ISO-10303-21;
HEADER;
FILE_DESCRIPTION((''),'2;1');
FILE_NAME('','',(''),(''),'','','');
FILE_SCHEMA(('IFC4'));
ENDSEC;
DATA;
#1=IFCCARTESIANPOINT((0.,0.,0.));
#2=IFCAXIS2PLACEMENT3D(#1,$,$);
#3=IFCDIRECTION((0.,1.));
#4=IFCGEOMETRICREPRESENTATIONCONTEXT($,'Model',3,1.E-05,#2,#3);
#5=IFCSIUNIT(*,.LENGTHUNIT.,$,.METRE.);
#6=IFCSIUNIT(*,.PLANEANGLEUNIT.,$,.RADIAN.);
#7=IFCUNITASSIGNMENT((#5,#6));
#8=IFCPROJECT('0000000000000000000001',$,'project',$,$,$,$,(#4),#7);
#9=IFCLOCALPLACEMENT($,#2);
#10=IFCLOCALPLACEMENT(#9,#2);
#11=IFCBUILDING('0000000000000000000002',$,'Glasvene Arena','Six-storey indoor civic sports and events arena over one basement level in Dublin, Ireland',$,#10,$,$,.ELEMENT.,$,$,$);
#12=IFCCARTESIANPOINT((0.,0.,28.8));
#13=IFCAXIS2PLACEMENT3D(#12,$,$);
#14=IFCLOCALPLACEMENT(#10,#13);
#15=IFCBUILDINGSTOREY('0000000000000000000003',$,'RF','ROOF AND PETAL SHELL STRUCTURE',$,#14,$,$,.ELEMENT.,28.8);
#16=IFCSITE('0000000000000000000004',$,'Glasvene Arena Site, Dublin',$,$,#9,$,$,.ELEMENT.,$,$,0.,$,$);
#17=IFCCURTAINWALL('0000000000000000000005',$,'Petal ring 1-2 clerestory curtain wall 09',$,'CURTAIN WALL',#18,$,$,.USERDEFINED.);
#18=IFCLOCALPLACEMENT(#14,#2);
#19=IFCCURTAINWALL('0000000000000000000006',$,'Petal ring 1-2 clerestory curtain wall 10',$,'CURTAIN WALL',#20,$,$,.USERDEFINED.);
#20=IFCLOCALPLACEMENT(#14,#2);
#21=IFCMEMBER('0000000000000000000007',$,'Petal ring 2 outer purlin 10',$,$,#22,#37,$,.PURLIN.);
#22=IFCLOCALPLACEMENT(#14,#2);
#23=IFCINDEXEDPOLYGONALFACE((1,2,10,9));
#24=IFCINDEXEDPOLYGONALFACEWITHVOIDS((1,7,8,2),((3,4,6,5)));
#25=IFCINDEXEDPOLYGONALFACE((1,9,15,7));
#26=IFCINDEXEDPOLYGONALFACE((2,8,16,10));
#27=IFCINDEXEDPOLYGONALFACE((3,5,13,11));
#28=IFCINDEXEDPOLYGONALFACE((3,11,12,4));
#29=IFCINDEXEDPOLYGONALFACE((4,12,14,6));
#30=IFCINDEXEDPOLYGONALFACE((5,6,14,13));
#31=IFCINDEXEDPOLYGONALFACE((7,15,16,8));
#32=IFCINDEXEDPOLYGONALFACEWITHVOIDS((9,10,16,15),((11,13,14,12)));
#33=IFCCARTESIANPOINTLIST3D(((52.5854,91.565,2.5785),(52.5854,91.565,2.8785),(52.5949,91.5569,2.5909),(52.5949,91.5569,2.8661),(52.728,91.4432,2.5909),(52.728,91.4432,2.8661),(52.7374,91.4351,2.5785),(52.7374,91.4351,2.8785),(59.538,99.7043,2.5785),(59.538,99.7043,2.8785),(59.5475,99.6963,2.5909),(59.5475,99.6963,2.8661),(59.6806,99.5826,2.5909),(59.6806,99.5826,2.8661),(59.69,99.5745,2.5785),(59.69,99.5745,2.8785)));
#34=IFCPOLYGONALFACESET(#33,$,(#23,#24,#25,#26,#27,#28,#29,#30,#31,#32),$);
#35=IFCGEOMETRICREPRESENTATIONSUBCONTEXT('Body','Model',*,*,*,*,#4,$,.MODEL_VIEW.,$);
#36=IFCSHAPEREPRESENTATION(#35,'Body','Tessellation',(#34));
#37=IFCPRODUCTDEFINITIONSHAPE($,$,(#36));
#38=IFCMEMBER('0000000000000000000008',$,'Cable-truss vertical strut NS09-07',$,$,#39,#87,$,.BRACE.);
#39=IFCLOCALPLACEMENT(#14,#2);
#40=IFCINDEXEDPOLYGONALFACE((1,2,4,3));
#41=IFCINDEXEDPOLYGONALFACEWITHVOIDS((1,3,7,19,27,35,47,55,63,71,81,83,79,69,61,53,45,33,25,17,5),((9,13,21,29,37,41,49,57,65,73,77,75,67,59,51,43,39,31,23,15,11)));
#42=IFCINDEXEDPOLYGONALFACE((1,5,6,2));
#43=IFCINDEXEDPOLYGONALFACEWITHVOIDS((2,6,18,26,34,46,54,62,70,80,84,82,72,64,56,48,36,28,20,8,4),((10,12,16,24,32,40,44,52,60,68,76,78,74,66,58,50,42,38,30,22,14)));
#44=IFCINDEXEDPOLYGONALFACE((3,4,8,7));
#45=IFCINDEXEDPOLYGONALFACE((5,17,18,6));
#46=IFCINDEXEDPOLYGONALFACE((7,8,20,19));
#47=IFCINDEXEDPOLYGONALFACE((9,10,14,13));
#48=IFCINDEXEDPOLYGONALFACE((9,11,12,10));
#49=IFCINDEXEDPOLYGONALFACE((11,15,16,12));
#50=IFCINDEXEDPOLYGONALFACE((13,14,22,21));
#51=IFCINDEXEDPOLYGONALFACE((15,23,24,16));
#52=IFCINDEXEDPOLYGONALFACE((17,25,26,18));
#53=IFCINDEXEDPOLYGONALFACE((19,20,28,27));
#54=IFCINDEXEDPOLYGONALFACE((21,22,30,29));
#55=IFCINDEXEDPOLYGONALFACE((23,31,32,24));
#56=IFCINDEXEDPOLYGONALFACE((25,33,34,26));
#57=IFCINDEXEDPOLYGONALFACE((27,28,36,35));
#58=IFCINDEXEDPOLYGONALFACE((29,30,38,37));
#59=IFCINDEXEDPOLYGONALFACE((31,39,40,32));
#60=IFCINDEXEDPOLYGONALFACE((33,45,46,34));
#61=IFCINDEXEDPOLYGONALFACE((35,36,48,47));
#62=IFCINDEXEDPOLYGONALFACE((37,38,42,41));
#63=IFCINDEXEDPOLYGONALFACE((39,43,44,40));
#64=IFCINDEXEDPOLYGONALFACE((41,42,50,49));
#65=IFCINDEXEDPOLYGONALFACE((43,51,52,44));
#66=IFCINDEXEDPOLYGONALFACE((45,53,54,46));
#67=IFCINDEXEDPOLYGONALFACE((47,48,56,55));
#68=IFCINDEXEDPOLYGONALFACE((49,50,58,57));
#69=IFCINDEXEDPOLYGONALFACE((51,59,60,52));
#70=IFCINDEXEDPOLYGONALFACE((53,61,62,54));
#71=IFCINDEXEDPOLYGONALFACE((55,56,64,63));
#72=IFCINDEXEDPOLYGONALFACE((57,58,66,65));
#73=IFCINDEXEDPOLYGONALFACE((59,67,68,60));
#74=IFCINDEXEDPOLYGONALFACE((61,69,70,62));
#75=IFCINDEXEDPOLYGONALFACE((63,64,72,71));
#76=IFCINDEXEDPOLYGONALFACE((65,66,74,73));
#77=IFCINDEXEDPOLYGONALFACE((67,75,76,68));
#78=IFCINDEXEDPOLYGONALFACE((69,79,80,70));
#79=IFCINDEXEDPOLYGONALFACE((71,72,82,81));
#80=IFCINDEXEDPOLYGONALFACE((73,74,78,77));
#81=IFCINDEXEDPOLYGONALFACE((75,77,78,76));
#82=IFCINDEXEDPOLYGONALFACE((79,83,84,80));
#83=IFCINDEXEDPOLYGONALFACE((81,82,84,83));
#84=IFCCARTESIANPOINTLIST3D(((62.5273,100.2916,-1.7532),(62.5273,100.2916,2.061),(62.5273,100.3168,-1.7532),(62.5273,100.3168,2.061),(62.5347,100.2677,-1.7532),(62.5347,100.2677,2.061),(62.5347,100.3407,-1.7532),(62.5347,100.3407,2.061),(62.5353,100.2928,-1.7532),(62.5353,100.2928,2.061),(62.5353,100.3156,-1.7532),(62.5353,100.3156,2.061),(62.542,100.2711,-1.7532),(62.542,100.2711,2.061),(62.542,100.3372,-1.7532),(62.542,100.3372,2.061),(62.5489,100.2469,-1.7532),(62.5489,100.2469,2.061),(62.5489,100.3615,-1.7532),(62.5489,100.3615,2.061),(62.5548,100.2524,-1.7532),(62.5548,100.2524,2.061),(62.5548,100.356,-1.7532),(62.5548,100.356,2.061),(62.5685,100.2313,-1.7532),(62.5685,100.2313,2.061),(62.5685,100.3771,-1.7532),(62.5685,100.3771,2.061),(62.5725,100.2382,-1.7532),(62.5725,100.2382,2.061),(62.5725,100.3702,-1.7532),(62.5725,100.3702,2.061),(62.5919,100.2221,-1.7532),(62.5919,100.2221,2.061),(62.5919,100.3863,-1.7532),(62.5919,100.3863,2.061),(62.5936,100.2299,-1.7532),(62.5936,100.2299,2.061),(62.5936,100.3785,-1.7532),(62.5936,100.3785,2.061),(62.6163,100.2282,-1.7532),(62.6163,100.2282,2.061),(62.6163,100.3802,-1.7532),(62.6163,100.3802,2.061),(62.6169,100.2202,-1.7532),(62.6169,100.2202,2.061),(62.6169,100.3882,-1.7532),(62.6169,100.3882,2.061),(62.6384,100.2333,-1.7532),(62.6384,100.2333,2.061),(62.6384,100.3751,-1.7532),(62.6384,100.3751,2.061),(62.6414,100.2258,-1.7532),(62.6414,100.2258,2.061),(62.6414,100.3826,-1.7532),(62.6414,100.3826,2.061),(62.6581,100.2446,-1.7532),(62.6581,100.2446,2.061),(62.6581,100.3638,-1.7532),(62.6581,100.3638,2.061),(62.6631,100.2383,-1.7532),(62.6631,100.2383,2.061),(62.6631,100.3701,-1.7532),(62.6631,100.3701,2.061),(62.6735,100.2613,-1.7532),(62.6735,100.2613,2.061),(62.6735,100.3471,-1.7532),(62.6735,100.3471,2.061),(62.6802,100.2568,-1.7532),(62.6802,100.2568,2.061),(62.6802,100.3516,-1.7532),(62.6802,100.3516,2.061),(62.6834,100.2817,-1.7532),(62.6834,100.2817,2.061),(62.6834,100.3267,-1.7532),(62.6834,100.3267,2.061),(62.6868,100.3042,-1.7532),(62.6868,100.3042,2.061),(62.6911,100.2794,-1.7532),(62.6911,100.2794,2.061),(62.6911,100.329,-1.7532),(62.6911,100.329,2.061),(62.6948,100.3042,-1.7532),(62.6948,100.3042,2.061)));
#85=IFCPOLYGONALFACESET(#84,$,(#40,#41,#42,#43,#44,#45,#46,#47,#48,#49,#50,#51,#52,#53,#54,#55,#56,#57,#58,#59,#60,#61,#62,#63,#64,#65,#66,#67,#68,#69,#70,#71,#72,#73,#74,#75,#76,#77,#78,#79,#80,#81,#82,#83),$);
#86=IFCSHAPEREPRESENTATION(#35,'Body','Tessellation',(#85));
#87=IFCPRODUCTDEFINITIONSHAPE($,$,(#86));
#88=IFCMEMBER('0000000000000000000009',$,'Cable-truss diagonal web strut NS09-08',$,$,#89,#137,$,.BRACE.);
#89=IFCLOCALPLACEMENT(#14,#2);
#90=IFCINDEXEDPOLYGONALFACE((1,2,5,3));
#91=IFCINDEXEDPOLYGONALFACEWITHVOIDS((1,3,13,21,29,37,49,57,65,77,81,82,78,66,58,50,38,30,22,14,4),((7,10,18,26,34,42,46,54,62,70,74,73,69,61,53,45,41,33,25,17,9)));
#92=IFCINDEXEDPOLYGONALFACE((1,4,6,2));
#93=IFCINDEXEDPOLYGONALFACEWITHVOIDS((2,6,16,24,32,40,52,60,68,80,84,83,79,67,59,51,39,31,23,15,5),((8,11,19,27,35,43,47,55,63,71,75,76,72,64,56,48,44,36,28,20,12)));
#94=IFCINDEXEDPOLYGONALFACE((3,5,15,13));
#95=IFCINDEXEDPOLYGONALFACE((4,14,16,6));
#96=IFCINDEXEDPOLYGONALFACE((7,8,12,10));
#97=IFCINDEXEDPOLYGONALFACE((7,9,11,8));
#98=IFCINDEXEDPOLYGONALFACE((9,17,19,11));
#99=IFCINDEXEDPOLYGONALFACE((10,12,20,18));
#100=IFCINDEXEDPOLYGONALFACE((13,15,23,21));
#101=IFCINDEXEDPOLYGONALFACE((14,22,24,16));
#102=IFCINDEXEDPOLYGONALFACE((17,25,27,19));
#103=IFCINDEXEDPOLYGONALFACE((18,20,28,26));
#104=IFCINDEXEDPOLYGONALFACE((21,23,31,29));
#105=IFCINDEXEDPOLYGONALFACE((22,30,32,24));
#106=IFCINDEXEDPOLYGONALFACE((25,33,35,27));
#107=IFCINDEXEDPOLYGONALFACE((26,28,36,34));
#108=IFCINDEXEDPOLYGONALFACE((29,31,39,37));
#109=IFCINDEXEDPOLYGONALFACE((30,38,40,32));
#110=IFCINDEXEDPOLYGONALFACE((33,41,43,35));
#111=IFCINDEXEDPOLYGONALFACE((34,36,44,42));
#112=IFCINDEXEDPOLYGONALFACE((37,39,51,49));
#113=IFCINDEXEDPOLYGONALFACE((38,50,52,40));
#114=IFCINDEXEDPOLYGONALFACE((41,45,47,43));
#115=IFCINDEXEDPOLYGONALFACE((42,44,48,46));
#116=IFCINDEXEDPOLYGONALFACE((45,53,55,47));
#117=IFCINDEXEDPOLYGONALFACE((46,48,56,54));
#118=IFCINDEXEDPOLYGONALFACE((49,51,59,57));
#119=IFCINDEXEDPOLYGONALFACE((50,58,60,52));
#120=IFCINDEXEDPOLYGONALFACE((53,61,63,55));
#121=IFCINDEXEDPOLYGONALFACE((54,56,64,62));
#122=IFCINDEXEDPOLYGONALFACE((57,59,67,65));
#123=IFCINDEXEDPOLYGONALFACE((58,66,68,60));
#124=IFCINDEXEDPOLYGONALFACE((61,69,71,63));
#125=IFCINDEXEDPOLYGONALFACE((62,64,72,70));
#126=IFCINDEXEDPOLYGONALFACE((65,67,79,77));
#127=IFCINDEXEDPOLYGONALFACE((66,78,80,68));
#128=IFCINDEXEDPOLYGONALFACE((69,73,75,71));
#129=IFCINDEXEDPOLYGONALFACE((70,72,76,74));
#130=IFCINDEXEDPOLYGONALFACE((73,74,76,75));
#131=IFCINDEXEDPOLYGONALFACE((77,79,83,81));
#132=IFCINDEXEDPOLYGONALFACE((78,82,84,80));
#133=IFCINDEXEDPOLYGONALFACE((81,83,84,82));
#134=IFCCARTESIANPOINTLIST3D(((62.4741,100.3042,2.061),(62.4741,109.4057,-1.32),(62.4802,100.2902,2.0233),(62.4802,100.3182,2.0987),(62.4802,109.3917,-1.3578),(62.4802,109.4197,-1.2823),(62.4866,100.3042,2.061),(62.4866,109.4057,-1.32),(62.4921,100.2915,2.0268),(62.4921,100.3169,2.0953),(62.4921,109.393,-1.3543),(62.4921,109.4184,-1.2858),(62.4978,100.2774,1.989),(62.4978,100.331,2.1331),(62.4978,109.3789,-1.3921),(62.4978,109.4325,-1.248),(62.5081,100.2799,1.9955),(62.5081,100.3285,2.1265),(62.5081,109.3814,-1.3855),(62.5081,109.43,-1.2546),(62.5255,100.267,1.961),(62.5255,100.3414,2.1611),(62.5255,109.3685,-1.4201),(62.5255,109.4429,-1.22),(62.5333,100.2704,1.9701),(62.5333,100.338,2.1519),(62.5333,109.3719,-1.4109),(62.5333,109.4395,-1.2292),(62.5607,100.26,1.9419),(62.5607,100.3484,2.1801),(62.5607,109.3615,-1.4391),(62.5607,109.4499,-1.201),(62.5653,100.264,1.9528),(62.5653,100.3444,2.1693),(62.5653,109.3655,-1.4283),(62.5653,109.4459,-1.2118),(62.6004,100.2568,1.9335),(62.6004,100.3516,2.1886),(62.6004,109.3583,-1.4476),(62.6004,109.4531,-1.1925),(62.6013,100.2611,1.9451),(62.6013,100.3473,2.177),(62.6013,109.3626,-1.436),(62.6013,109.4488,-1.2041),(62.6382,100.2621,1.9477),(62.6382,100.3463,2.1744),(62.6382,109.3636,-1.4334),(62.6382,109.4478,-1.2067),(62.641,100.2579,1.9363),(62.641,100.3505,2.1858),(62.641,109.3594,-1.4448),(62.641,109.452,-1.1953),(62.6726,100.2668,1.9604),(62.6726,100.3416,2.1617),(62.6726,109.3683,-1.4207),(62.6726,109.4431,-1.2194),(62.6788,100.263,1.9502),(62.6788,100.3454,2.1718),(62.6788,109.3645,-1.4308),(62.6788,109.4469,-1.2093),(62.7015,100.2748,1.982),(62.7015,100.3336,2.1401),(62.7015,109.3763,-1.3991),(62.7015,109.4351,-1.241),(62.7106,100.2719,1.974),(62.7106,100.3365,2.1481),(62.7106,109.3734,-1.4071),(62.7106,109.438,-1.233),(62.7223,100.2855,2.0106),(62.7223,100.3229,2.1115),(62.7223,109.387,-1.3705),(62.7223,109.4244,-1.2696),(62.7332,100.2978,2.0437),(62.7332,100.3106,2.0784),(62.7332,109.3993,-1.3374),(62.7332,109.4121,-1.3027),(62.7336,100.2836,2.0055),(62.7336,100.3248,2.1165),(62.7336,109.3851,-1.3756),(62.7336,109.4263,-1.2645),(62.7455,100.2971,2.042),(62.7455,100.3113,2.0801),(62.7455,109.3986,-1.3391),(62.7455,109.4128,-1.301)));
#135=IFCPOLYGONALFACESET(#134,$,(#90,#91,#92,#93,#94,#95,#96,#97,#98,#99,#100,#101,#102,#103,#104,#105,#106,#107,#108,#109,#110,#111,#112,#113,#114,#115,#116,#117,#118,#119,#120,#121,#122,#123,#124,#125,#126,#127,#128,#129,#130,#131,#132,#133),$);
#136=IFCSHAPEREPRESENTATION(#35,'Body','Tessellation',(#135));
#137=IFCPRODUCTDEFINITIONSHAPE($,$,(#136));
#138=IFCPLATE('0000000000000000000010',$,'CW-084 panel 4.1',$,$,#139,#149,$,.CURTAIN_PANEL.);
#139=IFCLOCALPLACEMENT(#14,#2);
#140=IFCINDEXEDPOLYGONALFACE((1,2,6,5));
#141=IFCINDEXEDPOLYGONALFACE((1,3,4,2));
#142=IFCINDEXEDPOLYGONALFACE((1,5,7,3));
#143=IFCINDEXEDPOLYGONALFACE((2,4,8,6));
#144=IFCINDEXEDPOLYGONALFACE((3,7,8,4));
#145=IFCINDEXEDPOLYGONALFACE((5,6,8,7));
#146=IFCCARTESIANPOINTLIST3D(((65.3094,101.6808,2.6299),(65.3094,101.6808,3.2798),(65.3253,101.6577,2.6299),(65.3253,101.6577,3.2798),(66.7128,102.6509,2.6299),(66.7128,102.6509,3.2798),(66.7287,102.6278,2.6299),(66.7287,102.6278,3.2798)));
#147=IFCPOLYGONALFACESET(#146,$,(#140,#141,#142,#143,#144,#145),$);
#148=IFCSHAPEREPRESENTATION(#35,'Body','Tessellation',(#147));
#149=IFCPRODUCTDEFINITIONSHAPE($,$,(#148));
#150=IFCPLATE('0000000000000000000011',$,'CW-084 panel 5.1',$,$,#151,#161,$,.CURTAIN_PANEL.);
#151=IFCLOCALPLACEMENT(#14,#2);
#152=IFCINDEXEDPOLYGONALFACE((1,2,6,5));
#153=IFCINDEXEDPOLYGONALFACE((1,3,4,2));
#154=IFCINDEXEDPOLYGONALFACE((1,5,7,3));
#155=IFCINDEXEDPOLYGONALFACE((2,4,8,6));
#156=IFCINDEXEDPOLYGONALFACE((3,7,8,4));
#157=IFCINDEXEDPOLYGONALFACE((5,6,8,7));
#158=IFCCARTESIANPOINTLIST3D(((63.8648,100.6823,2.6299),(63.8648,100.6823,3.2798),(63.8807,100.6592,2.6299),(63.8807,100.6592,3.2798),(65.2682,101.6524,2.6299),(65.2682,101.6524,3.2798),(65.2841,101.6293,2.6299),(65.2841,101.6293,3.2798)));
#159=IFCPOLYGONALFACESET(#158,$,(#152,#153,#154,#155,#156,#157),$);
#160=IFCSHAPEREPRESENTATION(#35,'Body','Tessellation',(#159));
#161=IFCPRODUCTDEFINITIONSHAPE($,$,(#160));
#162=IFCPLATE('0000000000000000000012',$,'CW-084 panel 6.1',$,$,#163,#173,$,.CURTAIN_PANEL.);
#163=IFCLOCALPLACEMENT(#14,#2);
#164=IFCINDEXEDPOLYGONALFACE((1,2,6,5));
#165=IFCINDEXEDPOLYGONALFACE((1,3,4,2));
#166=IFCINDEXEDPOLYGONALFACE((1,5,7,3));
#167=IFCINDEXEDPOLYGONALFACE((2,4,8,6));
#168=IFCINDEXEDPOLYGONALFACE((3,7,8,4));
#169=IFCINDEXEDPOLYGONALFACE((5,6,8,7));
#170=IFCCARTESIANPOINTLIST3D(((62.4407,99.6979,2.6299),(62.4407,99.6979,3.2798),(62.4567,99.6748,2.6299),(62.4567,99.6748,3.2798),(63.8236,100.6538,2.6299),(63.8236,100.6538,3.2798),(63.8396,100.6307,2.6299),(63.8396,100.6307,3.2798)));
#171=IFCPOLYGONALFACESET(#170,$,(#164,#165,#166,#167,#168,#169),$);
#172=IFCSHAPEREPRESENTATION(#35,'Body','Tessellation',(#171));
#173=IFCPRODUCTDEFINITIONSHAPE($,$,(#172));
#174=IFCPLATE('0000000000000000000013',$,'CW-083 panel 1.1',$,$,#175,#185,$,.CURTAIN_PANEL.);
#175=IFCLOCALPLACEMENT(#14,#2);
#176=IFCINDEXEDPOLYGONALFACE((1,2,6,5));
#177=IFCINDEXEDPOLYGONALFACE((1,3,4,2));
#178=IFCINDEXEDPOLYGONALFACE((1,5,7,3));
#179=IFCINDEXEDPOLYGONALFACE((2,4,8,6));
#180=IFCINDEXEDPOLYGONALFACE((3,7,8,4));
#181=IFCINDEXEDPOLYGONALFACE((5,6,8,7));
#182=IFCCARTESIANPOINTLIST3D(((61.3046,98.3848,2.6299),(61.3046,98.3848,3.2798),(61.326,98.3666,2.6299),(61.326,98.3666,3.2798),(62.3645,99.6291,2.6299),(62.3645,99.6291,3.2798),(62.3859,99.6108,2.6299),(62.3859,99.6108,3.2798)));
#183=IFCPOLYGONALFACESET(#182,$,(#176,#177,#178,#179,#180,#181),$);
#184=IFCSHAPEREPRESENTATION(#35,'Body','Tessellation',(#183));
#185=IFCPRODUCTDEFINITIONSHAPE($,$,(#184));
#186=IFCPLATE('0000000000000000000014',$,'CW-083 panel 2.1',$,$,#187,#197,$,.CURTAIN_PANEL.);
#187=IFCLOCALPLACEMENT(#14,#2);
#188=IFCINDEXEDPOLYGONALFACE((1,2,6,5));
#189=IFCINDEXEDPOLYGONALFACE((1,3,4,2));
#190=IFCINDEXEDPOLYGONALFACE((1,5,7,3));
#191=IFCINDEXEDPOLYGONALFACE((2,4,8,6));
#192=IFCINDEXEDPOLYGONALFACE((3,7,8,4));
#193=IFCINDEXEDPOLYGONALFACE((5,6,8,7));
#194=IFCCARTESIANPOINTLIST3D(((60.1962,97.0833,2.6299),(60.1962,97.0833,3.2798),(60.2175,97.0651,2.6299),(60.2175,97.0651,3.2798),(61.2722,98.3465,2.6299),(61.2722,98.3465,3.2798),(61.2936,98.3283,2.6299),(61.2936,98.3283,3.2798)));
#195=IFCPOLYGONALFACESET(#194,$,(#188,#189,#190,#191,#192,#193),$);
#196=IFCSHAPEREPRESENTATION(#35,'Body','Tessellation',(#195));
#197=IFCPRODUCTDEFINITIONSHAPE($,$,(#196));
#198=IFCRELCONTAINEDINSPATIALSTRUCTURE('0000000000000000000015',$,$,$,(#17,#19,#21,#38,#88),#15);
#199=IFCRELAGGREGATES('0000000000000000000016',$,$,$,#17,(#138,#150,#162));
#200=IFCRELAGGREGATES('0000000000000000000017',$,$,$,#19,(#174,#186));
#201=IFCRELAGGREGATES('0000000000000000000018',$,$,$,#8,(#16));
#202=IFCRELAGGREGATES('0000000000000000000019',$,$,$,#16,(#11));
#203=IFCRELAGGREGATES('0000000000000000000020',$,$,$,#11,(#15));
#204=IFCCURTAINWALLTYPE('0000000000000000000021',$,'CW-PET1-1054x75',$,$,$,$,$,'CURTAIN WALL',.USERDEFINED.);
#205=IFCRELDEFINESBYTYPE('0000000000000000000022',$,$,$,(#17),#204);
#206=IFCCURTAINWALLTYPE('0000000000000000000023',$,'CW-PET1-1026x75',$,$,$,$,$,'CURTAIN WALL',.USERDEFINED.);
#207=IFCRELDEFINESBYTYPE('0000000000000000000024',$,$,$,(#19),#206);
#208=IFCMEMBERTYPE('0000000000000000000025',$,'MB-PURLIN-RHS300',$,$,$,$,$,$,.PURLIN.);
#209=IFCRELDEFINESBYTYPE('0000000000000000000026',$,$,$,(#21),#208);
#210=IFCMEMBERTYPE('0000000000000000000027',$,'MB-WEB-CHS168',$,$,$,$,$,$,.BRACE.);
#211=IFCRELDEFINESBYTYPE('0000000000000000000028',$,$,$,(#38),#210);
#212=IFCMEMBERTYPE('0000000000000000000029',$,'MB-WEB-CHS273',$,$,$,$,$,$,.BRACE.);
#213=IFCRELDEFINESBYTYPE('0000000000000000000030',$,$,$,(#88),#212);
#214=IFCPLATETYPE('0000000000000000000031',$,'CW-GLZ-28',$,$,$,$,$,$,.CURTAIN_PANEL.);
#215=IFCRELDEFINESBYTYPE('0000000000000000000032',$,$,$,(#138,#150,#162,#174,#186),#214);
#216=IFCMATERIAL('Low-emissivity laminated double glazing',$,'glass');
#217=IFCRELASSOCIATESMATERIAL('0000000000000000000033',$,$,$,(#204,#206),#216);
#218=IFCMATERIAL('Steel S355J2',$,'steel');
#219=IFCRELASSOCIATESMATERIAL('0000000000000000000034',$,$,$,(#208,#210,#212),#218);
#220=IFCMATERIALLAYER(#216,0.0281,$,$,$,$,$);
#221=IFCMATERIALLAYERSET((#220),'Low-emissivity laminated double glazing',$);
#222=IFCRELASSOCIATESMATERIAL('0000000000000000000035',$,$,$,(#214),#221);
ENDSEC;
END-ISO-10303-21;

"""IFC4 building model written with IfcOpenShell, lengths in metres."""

from ifc_helpers import new_model, si_unit, direction, frame, origin, origin_2d, place, context, subcontext, project, spatial, rectangle, hollow_rectangle, hollow_circle, extrude, material, layer, layer_set, material_profile, profile_set, type_object, element, aggregate, save


model = new_model("IFC4")

# Units and contexts
model_context = context("Model", 3, precision=1e-05, world=origin(), true_north=direction((0.0, 1.0)))
body_context = subcontext(model_context, "Body", "Model", "MODEL_VIEW")
ifc_project = project(units=[si_unit("LENGTHUNIT", "METRE"), si_unit("PLANEANGLEUNIT", "RADIAN")], contexts=[model_context])

# Site, building, storey
site_placement = place(None, origin())
site = spatial("IfcSite", under=ifc_project, at=site_placement, Name="Glasvene Arena Site, Dublin", CompositionType="ELEMENT", RefElevation=0.0)
building_placement = place(site_placement, origin())
building = spatial("IfcBuilding", under=site, at=building_placement, Name="Glasvene Arena", Description="Six-storey indoor civic sports and events arena over one basement level in Dublin, Ireland", CompositionType="ELEMENT")
storey_placement = place(building_placement, frame((0.0, 0.0, 28.8)))
storey = spatial("IfcBuildingStorey", under=building, at=storey_placement, Name="RF", Description="ROOF AND PETAL SHELL STRUCTURE", CompositionType="ELEMENT", Elevation=28.8)

# Curtain walls
ifc_material_1 = material(Name="Low-emissivity laminated double glazing", Category="glass")
curtain_wall_type_1 = type_object("IfcCurtainWallType", Name="CW-PET1-1054x75", ElementType="CURTAIN WALL", PredefinedType="USERDEFINED", material=ifc_material_1)
curtain_wall_1_placement = place(storey_placement, frame((71.075, 105.6492, 0.0)))
curtain_wall_1 = element("IfcCurtainWall", 1, at=curtain_wall_1_placement, inside=storey, type_object=curtain_wall_type_1, Name="Petal ring 1-2 clerestory curtain wall 09", ObjectType="CURTAIN WALL", PredefinedType="USERDEFINED")
curtain_wall_type_2 = type_object("IfcCurtainWallType", Name="CW-PET1-1026x75", ElementType="CURTAIN WALL", PredefinedType="USERDEFINED", material=ifc_material_1)
curtain_wall_2_placement = place(storey_placement, frame((62.4077, 99.658, 0.0)))
curtain_wall_2 = element("IfcCurtainWall", 2, at=curtain_wall_2_placement, inside=storey, type_object=curtain_wall_type_2, Name="Petal ring 1-2 clerestory curtain wall 10", ObjectType="CURTAIN WALL", PredefinedType="USERDEFINED")

# Members
ifc_material_2 = material(Name="Steel S355J2", Category="steel")
ifc_material_profile_1 = material_profile(ifc_material_2, hollow_rectangle(XDim=0.2, YDim=0.3, WallThickness=0.0125, at=origin_2d()), Name="RHS 300x200x12.5")
ifc_profile_set_1 = profile_set([ifc_material_profile_1], Name="Steel S355J2")
member_type_1 = type_object("IfcMemberType", Name="MB-PURLIN-RHS300", PredefinedType="PURLIN", material=ifc_profile_set_1)
member_1_placement = place(storey_placement, frame((59.614, 99.6394, 2.7285), z_axis=(-0.649498, -0.760363, 0.0), x_axis=(0.760363, -0.649498, 0.0)))
element("IfcMember", 3, at=member_1_placement, inside=storey, type_object=member_type_1, Name="Petal ring 2 outer purlin 10", PredefinedType="PURLIN", context=body_context, shape_type="SweptSolid", body=[
    extrude(hollow_rectangle(XDim=0.2, YDim=0.3, WallThickness=0.0125, at=origin_2d()), origin(), (0.0, 0.0, 1.0), 10.7046),
])
ifc_material_profile_2 = material_profile(ifc_material_2, hollow_circle(Radius=0.0842, WallThickness=0.0081, at=origin_2d()), Name="CHS 168.3x8.0")
ifc_profile_set_2 = profile_set([ifc_material_profile_2], Name="Steel S355J2")
member_type_2 = type_object("IfcMemberType", Name="MB-WEB-CHS168", PredefinedType="BRACE", material=ifc_profile_set_2)
member_2_placement = place(storey_placement, frame((62.6106, 100.3042, -1.7532), z_axis=(0.0, 0.0, 1.0), x_axis=(1.0, 0.0, 0.0)))
element("IfcMember", 4, at=member_2_placement, inside=storey, type_object=member_type_2, Name="Cable-truss vertical strut NS09-07", PredefinedType="BRACE", context=body_context, shape_type="SweptSolid", body=[
    extrude(hollow_circle(Radius=0.0842, WallThickness=0.0081, at=origin_2d()), origin(), (0.0, 0.0, 1.0), 3.8142),
])
ifc_material_profile_3 = material_profile(ifc_material_2, hollow_circle(Radius=0.1365, WallThickness=0.0125, at=origin_2d()), Name="CHS 273.0x12.5")
ifc_profile_set_3 = profile_set([ifc_material_profile_3], Name="Steel S355J2")
member_type_3 = type_object("IfcMemberType", Name="MB-WEB-CHS273", PredefinedType="BRACE", material=ifc_profile_set_3)
member_3_placement = place(storey_placement, frame((62.6106, 100.3042, 2.061), z_axis=(0.0, 0.937408, -0.348234), x_axis=(-1.0, 0.0, 0.0)))
element("IfcMember", 5, at=member_3_placement, inside=storey, type_object=member_type_3, Name="Cable-truss diagonal web strut NS09-08", PredefinedType="BRACE", context=body_context, shape_type="SweptSolid", body=[
    extrude(hollow_circle(Radius=0.1365, WallThickness=0.0125, at=origin_2d()), origin(), (0.0, 0.0, 1.0), 9.7092),
])

# Plates
ifc_layer_1 = layer(ifc_material_1, 0.0281)
ifc_layer_set_1 = layer_set([ifc_layer_1], Name="Low-emissivity laminated double glazing")
plate_type_1 = type_object("IfcPlateType", Name="CW-GLZ-28", PredefinedType="CURTAIN_PANEL", material=ifc_layer_set_1)
plate_1_placement = place(storey_placement, frame((66.019, 102.1543, 2.6299), z_axis=(0.0, 0.0, 1.0), x_axis=(-0.822601, -0.568619, 0.0)))
plate_1 = element("IfcPlate", 6, at=plate_1_placement, type_object=plate_type_1, Name="CW-084 panel 4.1", PredefinedType="CURTAIN_PANEL", context=body_context, shape_type="SweptSolid", body=[
    extrude(rectangle(XDim=1.7061, YDim=0.0281, at=origin_2d()), origin(), (0.0, 0.0, 1.0), 0.6499),
])
plate_2_placement = place(storey_placement, frame((64.5745, 101.1558, 2.6299), z_axis=(0.0, 0.0, 1.0), x_axis=(-0.822601, -0.568619, 0.0)))
plate_2 = element("IfcPlate", 7, at=plate_2_placement, type_object=plate_type_1, Name="CW-084 panel 5.1", PredefinedType="CURTAIN_PANEL", context=body_context, shape_type="SweptSolid", body=[
    extrude(rectangle(XDim=1.7061, YDim=0.0281, at=origin_2d()), origin(), (0.0, 0.0, 1.0), 0.6499),
])
plate_3_placement = place(storey_placement, frame((63.1401, 100.1643, 2.6299), z_axis=(0.0, 0.0, 1.0), x_axis=(-0.822601, -0.568619, 0.0)))
plate_3 = element("IfcPlate", 8, at=plate_3_placement, type_object=plate_type_1, Name="CW-084 panel 6.1", PredefinedType="CURTAIN_PANEL", context=body_context, shape_type="SweptSolid", body=[
    extrude(rectangle(XDim=1.6812, YDim=0.0281, at=origin_2d()), origin(), (0.0, 0.0, 1.0), 0.6499),
])
aggregate(curtain_wall_1, [plate_1, plate_2, plate_3])
plate_4_placement = place(storey_placement, frame((61.8452, 98.9978, 2.6299), z_axis=(0.0, 0.0, 1.0), x_axis=(-0.648445, -0.761261, 0.0)))
plate_4 = element("IfcPlate", 9, at=plate_4_placement, type_object=plate_type_1, Name="CW-083 panel 1.1", PredefinedType="CURTAIN_PANEL", context=body_context, shape_type="SweptSolid", body=[
    extrude(rectangle(XDim=1.6345, YDim=0.0281, at=origin_2d()), origin(), (0.0, 0.0, 1.0), 0.6499),
])
plate_5_placement = place(storey_placement, frame((60.7449, 97.7058, 2.6299), z_axis=(0.0, 0.0, 1.0), x_axis=(-0.648445, -0.761261, 0.0)))
plate_5 = element("IfcPlate", 10, at=plate_5_placement, type_object=plate_type_1, Name="CW-083 panel 2.1", PredefinedType="CURTAIN_PANEL", context=body_context, shape_type="SweptSolid", body=[
    extrude(rectangle(XDim=1.6594, YDim=0.0281, at=origin_2d()), origin(), (0.0, 0.0, 1.0), 0.6499),
])
aggregate(curtain_wall_2, [plate_4, plate_5])

save(model, "model.ifc")
